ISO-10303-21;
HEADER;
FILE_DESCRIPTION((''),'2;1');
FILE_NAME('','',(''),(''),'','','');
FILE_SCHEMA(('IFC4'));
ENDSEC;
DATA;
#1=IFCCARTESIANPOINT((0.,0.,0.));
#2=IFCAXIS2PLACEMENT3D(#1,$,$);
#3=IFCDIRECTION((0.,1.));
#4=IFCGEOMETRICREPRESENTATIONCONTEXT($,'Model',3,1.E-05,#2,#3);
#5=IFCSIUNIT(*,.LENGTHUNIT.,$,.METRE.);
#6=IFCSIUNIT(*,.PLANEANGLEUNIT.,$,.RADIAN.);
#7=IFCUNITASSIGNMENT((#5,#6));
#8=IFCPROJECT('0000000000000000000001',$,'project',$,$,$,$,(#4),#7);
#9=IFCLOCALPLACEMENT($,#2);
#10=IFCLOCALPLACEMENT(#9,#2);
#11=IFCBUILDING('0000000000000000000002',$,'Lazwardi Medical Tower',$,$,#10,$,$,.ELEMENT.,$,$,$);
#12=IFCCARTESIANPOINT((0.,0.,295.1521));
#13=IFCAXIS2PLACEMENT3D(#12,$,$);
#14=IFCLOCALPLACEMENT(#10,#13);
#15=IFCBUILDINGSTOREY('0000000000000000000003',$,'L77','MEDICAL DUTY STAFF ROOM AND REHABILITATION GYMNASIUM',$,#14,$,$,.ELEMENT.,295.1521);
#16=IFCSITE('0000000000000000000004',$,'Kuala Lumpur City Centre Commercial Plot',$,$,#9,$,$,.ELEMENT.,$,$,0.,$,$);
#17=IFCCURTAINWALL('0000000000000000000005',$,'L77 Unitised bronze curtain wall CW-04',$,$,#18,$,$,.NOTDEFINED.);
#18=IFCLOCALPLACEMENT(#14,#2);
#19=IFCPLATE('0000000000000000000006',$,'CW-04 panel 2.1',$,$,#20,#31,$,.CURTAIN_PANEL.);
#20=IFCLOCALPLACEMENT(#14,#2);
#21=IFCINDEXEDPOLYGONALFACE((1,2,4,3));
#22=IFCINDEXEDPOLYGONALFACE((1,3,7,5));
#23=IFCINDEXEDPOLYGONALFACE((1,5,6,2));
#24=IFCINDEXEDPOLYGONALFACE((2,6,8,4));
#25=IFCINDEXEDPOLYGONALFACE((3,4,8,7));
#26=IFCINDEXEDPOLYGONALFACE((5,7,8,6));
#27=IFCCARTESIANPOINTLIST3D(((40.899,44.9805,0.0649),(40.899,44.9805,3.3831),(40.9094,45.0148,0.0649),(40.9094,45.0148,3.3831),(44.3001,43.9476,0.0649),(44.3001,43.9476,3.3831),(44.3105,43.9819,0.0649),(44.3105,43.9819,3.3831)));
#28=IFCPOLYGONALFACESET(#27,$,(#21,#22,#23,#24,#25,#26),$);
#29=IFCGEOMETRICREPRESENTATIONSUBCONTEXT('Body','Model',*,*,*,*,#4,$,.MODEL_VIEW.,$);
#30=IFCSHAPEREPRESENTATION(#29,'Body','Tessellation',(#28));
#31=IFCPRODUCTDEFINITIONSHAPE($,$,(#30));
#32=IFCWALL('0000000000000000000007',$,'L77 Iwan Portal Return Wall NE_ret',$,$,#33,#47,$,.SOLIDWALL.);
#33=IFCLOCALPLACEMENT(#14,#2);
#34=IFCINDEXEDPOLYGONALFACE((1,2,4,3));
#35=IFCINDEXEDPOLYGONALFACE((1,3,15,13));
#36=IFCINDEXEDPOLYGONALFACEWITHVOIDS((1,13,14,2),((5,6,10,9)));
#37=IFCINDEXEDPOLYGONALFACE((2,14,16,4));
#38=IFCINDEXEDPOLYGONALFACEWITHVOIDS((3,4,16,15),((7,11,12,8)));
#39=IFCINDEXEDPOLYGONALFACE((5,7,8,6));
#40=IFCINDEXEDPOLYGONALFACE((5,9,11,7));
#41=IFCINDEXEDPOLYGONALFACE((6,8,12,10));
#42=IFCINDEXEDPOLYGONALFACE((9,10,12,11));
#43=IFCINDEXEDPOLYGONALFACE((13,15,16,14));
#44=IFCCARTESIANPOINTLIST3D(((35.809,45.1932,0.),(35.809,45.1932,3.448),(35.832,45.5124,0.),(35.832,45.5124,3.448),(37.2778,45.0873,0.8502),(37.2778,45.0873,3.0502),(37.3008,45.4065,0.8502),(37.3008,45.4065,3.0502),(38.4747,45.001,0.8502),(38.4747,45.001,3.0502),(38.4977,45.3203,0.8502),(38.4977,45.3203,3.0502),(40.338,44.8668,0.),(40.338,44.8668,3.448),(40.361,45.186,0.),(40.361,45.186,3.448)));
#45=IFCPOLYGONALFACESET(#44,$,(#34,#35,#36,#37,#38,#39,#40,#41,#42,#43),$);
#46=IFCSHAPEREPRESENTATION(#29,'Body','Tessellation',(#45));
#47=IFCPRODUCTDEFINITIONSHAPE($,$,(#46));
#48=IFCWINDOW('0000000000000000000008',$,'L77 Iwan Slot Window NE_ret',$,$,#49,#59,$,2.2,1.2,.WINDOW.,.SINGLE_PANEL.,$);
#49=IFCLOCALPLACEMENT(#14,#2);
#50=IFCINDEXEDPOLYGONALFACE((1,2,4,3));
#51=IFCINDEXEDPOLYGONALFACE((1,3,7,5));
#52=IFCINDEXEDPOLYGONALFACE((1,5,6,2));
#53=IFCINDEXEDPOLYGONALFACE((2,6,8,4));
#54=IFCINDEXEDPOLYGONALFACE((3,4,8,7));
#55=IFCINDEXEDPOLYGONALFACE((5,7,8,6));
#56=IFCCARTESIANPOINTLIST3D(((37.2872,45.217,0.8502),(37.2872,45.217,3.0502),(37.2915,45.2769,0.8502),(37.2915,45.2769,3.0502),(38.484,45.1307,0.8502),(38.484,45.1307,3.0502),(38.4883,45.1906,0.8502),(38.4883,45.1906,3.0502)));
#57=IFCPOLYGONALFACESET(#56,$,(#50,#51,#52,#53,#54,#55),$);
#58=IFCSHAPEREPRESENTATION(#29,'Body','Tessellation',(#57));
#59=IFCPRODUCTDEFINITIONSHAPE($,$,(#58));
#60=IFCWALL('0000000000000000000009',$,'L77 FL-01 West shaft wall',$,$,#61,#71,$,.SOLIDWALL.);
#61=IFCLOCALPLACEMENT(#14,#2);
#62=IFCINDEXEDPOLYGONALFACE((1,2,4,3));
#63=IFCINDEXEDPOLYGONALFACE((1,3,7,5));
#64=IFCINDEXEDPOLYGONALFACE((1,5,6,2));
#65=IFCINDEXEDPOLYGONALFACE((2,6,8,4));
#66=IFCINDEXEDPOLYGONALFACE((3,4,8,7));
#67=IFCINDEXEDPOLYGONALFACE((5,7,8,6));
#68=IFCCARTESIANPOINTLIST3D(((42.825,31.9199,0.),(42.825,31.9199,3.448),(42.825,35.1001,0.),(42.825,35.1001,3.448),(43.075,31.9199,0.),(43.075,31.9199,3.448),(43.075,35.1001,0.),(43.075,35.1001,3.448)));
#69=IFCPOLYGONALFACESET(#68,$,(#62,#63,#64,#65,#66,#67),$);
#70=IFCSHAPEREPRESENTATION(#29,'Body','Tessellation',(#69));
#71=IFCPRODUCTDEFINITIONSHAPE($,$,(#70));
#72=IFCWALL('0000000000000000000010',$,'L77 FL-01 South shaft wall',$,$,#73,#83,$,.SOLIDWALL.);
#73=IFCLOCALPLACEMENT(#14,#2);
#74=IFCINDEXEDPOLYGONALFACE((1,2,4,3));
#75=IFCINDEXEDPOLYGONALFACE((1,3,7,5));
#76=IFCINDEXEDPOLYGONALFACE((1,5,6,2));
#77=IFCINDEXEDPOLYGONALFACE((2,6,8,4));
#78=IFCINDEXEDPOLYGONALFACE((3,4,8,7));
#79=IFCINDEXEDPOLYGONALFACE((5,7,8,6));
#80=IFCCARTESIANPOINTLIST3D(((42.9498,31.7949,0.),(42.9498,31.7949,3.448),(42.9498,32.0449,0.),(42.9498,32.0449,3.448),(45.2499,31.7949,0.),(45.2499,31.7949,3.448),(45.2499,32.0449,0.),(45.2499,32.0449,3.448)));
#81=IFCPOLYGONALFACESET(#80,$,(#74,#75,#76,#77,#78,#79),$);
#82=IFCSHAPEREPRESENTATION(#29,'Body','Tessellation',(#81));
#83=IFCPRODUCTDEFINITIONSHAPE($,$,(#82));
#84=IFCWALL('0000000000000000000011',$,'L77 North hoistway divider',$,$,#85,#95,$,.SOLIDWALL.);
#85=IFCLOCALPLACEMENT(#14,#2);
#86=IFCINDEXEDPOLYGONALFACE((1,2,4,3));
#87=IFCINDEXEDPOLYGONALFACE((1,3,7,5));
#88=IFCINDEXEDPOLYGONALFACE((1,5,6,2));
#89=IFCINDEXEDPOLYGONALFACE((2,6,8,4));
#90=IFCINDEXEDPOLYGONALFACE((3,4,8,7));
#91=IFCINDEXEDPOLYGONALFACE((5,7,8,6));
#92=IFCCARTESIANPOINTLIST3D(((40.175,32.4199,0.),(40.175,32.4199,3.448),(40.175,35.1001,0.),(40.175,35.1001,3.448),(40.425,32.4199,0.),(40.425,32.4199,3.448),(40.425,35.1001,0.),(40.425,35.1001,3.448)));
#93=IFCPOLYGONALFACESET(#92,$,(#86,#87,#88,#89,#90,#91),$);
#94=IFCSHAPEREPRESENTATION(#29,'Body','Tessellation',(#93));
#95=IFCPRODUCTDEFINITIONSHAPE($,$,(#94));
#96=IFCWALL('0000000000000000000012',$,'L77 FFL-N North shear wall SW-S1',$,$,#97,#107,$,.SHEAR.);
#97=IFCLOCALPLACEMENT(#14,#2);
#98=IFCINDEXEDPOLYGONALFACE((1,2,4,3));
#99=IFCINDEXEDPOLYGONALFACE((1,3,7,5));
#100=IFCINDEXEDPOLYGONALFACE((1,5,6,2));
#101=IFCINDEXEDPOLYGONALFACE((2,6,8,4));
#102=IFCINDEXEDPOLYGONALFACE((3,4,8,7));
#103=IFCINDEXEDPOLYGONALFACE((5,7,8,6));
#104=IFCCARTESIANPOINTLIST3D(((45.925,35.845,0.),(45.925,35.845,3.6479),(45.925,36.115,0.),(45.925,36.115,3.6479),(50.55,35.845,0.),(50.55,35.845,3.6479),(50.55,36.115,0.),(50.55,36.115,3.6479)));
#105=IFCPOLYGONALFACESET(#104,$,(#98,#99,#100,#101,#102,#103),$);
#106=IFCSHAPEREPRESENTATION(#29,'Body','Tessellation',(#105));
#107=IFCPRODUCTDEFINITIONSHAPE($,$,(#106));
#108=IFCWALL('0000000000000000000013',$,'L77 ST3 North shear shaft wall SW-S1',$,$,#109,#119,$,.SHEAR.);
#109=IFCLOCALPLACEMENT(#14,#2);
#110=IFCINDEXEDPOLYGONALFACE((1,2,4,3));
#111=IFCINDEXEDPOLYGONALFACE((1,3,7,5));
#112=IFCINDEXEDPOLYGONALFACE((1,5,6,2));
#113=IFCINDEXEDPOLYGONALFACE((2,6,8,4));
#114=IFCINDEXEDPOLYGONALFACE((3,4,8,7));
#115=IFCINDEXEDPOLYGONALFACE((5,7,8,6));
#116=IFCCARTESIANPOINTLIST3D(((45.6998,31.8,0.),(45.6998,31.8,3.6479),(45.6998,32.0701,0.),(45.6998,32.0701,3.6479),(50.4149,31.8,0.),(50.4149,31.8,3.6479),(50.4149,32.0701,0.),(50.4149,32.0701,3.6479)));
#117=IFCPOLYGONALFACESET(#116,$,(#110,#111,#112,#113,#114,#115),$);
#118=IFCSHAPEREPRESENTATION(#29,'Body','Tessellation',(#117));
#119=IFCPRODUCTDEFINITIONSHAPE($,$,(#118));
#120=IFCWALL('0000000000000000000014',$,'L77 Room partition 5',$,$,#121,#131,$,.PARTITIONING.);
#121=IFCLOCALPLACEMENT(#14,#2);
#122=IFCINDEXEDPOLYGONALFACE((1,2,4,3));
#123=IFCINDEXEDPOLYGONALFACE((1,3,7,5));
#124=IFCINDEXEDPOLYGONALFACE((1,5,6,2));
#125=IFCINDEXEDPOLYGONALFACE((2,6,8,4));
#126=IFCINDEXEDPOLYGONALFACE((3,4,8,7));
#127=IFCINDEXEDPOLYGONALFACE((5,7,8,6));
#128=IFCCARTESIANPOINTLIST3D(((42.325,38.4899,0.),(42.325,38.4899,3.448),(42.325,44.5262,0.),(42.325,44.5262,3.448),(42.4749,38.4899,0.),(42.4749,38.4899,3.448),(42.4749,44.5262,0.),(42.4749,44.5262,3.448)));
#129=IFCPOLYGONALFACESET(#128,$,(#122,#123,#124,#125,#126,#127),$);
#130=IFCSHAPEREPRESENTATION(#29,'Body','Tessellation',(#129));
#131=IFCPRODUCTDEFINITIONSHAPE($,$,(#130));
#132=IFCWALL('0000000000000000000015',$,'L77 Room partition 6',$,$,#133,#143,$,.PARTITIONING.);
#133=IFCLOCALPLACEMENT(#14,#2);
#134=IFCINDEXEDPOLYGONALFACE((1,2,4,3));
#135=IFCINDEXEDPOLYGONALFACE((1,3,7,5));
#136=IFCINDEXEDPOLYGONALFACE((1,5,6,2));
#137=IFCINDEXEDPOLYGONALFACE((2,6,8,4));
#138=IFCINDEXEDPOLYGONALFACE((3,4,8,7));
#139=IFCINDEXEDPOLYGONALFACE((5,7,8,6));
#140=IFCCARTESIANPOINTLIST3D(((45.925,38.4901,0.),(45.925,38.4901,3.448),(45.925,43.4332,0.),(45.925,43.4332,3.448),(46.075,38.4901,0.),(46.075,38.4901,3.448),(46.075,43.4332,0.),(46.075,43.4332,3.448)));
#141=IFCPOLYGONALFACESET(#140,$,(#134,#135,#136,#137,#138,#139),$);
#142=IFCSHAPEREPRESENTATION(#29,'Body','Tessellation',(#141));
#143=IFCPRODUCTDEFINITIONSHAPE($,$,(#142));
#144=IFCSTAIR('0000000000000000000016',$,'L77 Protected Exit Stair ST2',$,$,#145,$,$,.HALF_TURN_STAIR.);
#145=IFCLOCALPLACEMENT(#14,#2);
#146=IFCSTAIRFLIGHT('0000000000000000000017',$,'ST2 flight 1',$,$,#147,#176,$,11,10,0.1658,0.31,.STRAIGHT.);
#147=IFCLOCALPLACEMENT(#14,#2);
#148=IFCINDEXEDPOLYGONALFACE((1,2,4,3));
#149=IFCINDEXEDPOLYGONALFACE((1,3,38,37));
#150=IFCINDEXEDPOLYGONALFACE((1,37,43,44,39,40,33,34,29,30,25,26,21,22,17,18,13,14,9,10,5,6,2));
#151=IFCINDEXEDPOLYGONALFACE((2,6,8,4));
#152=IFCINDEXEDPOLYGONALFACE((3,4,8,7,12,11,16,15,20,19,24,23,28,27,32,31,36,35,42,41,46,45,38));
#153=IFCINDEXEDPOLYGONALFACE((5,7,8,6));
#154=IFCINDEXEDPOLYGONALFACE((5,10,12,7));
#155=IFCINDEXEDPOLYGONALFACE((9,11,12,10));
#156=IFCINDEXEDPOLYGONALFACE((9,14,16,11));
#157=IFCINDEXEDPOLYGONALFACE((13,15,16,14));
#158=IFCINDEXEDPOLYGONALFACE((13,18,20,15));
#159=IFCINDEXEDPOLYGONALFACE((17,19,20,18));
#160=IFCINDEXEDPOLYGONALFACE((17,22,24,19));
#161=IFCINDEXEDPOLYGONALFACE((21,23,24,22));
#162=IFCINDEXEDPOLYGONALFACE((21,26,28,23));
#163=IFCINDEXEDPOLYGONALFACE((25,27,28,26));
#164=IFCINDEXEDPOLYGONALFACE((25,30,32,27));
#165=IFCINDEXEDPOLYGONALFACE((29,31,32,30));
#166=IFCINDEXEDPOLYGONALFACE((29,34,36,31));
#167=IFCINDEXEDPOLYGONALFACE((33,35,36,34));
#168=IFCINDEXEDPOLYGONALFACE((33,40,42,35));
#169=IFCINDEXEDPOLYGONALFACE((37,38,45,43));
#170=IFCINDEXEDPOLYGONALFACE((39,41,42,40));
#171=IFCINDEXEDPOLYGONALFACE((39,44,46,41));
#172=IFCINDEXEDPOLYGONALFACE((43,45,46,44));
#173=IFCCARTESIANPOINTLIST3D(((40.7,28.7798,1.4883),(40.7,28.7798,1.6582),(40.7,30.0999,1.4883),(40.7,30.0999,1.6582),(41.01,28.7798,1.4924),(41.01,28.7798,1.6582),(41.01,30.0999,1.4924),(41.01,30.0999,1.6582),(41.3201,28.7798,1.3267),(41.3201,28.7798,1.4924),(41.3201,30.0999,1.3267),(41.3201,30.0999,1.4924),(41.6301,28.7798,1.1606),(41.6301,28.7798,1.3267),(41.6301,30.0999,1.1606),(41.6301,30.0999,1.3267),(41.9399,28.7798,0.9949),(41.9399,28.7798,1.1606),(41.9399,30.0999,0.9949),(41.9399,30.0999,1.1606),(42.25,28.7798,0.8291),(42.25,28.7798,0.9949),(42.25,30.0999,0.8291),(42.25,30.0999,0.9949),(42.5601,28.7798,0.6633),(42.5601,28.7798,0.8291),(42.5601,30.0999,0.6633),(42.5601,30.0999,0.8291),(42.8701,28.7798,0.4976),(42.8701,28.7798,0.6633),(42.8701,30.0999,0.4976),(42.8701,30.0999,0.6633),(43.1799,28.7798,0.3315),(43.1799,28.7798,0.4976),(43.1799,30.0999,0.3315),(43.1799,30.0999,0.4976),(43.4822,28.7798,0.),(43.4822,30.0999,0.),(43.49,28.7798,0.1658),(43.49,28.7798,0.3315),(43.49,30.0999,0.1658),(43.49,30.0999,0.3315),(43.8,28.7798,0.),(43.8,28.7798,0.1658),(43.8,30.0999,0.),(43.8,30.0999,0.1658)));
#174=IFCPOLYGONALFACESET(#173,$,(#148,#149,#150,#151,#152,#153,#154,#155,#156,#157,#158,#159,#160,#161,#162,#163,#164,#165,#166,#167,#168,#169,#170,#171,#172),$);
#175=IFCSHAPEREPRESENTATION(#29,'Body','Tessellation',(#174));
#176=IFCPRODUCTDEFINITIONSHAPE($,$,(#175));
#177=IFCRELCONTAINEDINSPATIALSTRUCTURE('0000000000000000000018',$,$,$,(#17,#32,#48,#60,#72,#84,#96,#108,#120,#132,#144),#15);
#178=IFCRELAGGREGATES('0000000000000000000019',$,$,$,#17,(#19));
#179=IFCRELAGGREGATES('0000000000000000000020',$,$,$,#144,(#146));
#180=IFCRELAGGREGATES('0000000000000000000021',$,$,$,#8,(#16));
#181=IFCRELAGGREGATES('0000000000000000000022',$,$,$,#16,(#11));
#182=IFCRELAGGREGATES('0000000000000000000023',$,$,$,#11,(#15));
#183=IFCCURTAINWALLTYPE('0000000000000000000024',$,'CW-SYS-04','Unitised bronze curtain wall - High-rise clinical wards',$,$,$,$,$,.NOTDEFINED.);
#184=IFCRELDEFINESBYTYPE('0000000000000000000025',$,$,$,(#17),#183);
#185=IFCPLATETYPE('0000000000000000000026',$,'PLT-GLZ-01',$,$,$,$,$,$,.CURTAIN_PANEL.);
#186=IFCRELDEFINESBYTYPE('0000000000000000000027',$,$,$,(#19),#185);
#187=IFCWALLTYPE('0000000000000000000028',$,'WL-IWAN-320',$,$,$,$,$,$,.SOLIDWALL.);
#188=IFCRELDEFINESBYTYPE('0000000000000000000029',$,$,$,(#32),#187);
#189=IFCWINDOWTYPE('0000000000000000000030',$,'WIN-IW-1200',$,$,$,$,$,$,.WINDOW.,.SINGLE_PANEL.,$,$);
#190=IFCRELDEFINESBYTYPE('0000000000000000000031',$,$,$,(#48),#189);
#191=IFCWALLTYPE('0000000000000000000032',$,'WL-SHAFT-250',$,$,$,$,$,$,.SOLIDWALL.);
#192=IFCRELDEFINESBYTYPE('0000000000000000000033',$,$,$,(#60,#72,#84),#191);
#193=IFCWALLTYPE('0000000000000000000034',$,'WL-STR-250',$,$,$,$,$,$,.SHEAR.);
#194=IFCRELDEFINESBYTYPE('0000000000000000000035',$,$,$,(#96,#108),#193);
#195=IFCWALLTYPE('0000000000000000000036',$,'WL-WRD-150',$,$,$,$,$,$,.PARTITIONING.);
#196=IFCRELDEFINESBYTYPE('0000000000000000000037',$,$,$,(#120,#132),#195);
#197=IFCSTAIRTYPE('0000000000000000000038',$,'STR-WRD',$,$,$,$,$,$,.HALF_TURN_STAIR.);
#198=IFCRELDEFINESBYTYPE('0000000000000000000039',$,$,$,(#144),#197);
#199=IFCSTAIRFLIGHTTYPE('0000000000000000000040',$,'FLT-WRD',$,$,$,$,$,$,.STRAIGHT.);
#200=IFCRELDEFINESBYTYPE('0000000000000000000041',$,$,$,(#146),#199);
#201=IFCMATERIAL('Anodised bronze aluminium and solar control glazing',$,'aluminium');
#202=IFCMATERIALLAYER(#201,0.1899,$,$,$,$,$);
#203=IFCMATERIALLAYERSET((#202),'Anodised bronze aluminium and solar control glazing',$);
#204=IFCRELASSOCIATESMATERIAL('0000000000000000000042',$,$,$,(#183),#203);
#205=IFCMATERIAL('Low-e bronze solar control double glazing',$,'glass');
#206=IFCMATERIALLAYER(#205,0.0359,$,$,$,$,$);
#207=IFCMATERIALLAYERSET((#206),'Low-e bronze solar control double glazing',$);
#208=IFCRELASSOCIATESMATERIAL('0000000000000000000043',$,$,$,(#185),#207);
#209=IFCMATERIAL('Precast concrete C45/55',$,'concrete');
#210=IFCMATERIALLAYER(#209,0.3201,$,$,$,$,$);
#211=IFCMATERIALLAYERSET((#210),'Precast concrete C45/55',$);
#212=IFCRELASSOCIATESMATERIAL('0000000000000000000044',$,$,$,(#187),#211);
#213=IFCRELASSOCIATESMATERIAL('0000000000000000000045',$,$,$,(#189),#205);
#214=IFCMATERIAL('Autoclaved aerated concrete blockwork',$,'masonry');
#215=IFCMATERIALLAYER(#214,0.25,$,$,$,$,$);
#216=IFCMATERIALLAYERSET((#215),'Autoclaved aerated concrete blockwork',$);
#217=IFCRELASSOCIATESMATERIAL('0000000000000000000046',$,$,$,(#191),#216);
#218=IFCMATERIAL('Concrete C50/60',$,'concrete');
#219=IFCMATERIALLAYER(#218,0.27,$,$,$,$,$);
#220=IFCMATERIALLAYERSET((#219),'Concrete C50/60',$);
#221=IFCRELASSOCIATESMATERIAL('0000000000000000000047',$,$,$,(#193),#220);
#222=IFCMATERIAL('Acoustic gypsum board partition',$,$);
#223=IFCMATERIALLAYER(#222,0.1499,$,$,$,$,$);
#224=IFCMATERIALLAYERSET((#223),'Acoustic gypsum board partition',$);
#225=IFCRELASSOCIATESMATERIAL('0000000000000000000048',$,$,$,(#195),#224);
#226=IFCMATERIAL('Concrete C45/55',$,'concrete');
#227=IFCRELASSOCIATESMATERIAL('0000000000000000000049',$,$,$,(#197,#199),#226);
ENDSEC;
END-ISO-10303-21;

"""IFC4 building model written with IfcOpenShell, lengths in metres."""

from ifc_helpers import new_model, si_unit, direction, frame, frame_2d, origin, origin_2d, place, context, subcontext, project, spatial, polyline, rectangle, outline, extrude, material, layer, layer_set, type_object, element, fill, aggregate, save


model = new_model("IFC4")

# Units and contexts
model_context = context("Model", 3, precision=1e-05, world=origin(), true_north=direction((0.0, 1.0)))
body_context = subcontext(model_context, "Body", "Model", "MODEL_VIEW")
ifc_project = project(units=[si_unit("LENGTHUNIT", "METRE"), si_unit("PLANEANGLEUNIT", "RADIAN")], contexts=[model_context])

# Site, building, storey
site_placement = place(None, origin())
site = spatial("IfcSite", under=ifc_project, at=site_placement, Name="Kuala Lumpur City Centre Commercial Plot", CompositionType="ELEMENT", RefElevation=0.0)
building_placement = place(site_placement, origin())
building = spatial("IfcBuilding", under=site, at=building_placement, Name="Lazwardi Medical Tower", CompositionType="ELEMENT")
storey_placement = place(building_placement, frame((0.0, 0.0, 295.1521)))
storey = spatial("IfcBuildingStorey", under=building, at=storey_placement, Name="L77", Description="MEDICAL DUTY STAFF ROOM AND REHABILITATION GYMNASIUM", CompositionType="ELEMENT", Elevation=295.1521)

# Curtain wall, plate
ifc_material_1 = material(Name="Anodised bronze aluminium and solar control glazing", Category="aluminium")
ifc_layer_1 = layer(ifc_material_1, 0.1899)
ifc_layer_set_1 = layer_set([ifc_layer_1], Name="Anodised bronze aluminium and solar control glazing")
curtain_wall_type = type_object("IfcCurtainWallType", Name="CW-SYS-04", Description="Unitised bronze curtain wall - High-rise clinical wards", PredefinedType="NOTDEFINED", material=ifc_layer_set_1)
curtain_wall_placement = place(storey_placement, origin())
curtain_wall = element("IfcCurtainWall", 1, at=curtain_wall_placement, inside=storey, type_object=curtain_wall_type, Name="L77 Unitised bronze curtain wall CW-04", PredefinedType="NOTDEFINED")
ifc_material_2 = material(Name="Low-e bronze solar control double glazing", Category="glass")
ifc_layer_2 = layer(ifc_material_2, 0.0359)
ifc_layer_set_2 = layer_set([ifc_layer_2], Name="Low-e bronze solar control double glazing")
plate_type = type_object("IfcPlateType", Name="PLT-GLZ-01", PredefinedType="CURTAIN_PANEL", material=ifc_layer_set_2)
plate_1_placement = place(storey_placement, frame((42.6047, 44.4812, 0.0649), z_axis=(0.0, 0.0, 1.0), x_axis=(-0.95685, 0.290582, 0.0)))
plate_1 = element("IfcPlate", 2, at=plate_1_placement, type_object=plate_type, Name="CW-04 panel 2.1", PredefinedType="CURTAIN_PANEL", context=body_context, shape_type="SweptSolid", body=[
    extrude(rectangle(XDim=3.5544, YDim=0.0359, at=origin_2d()), origin(), (0.0, 0.0, 1.0), 3.3181),
])
aggregate(curtain_wall, [plate_1])

# Wall, opening, window
ifc_material_3 = material(Name="Precast concrete C45/55", Category="concrete")
ifc_layer_3 = layer(ifc_material_3, 0.3201)
ifc_layer_set_3 = layer_set([ifc_layer_3], Name="Precast concrete C45/55")
wall_type_1 = type_object("IfcWallType", Name="WL-IWAN-320", PredefinedType="SOLIDWALL", material=ifc_layer_set_3)
wall_1_placement = place(storey_placement, frame((40.3496, 45.0264, 0.0), z_axis=(0.0, 0.0, 1.0), x_axis=(-0.997413, 0.071885, 0.0)))
wall_1 = element("IfcWall", 3, at=wall_1_placement, inside=storey, type_object=wall_type_1, Name="L77 Iwan Portal Return Wall NE_ret", PredefinedType="SOLIDWALL", context=body_context, shape_type="SweptSolid", body=[
    extrude(rectangle(XDim=4.5408, YDim=0.3201, at=frame_2d((2.2705, 0.0))), origin(), (0.0, 0.0, 1.0), 3.448),
])
opening_placement = place(wall_1_placement, frame((1.8682, 0.0, 0.8501)))
opening = element("IfcOpeningElement", 4, at=opening_placement, cuts=wall_1, PredefinedType="OPENING", context=body_context, shape_type="SweptSolid", body=[
    extrude(rectangle(XDim=1.2, YDim=2.2, at=frame_2d((0.6001, 1.1001))), frame((0.0, 0.1699, 0.0), z_axis=(0.0, -1.0, 0.0), x_axis=(1.0, 0.0, 0.0)), (0.0, 0.0, 1.0), 0.3401),
])
window_type = type_object("IfcWindowType", Name="WIN-IW-1200", PartitioningType="SINGLE_PANEL", PredefinedType="WINDOW", material=ifc_material_2)
window_placement = place(opening_placement, origin())
window = element("IfcWindow", 5, at=window_placement, inside=storey, type_object=window_type, Name="L77 Iwan Slot Window NE_ret", OverallHeight=2.2, OverallWidth=1.2, PartitioningType="SINGLE_PANEL", PredefinedType="WINDOW", context=body_context, shape_type="SweptSolid", body=[
    extrude(rectangle(XDim=1.2, YDim=2.2, at=frame_2d((0.6001, 1.1001))), frame((0.0, 0.03, 0.0), z_axis=(0.0, -1.0, 0.0), x_axis=(1.0, 0.0, 0.0)), (0.0, 0.0, 1.0), 0.0601),
])
fill(opening, window)

# Walls
ifc_material_4 = material(Name="Autoclaved aerated concrete blockwork", Category="masonry")
ifc_layer_4 = layer(ifc_material_4, 0.25)
ifc_layer_set_4 = layer_set([ifc_layer_4], Name="Autoclaved aerated concrete blockwork")
wall_type_2 = type_object("IfcWallType", Name="WL-SHAFT-250", PredefinedType="SOLIDWALL", material=ifc_layer_set_4)
wall_2_placement = place(storey_placement, frame((42.95, 31.9199, 0.0), z_axis=(0.0, 0.0, 1.0), x_axis=(0.0, 1.0, 0.0)))
element("IfcWall", 6, at=wall_2_placement, inside=storey, type_object=wall_type_2, Name="L77 FL-01 West shaft wall", PredefinedType="SOLIDWALL", context=body_context, shape_type="SweptSolid", body=[
    extrude(rectangle(XDim=3.1802, YDim=0.25, at=frame_2d((1.5901, 0.0))), origin(), (0.0, 0.0, 1.0), 3.448),
])
wall_3_placement = place(storey_placement, frame((42.95, 31.9199, 0.0), z_axis=(0.0, 0.0, 1.0), x_axis=(1.0, 0.0, 0.0)))
element("IfcWall", 7, at=wall_3_placement, inside=storey, type_object=wall_type_2, Name="L77 FL-01 South shaft wall", PredefinedType="SOLIDWALL", context=body_context, shape_type="SweptSolid", body=[
    extrude(rectangle(XDim=2.3, YDim=0.25, at=frame_2d((1.1499, 0.0))), origin(), (0.0, 0.0, 1.0), 3.448),
])
wall_4_placement = place(storey_placement, frame((40.3, 32.4199, 0.0), z_axis=(0.0, 0.0, 1.0), x_axis=(0.0, 1.0, 0.0)))
element("IfcWall", 8, at=wall_4_placement, inside=storey, type_object=wall_type_2, Name="L77 North hoistway divider", PredefinedType="SOLIDWALL", context=body_context, shape_type="SweptSolid", body=[
    extrude(rectangle(XDim=2.6802, YDim=0.25, at=frame_2d((1.3401, 0.0))), origin(), (0.0, 0.0, 1.0), 3.448),
])
ifc_material_5 = material(Name="Concrete C50/60", Category="concrete")
ifc_layer_5 = layer(ifc_material_5, 0.27)
ifc_layer_set_5 = layer_set([ifc_layer_5], Name="Concrete C50/60")
wall_type_3 = type_object("IfcWallType", Name="WL-STR-250", PredefinedType="SHEAR", material=ifc_layer_set_5)
wall_5_placement = place(storey_placement, frame((45.925, 35.98, 0.0), z_axis=(0.0, 0.0, 1.0), x_axis=(1.0, 0.0, 0.0)))
element("IfcWall", 9, at=wall_5_placement, inside=storey, type_object=wall_type_3, Name="L77 FFL-N North shear wall SW-S1", PredefinedType="SHEAR", context=body_context, shape_type="SweptSolid", body=[
    extrude(rectangle(XDim=4.625, YDim=0.27, at=frame_2d((2.3125, 0.0))), origin(), (0.0, 0.0, 1.0), 3.6479),
])
wall_6_placement = place(storey_placement, frame((45.7, 31.9351, 0.0), z_axis=(0.0, 0.0, 1.0), x_axis=(1.0, 0.0, 0.0)))
element("IfcWall", 10, at=wall_6_placement, inside=storey, type_object=wall_type_3, Name="L77 ST3 North shear shaft wall SW-S1", PredefinedType="SHEAR", context=body_context, shape_type="SweptSolid", body=[
    extrude(rectangle(XDim=4.7151, YDim=0.27, at=frame_2d((2.3574, 0.0))), origin(), (0.0, 0.0, 1.0), 3.6479),
])
ifc_material_6 = material(Name="Acoustic gypsum board partition")
ifc_layer_6 = layer(ifc_material_6, 0.1499)
ifc_layer_set_6 = layer_set([ifc_layer_6], Name="Acoustic gypsum board partition")
wall_type_4 = type_object("IfcWallType", Name="WL-WRD-150", PredefinedType="PARTITIONING", material=ifc_layer_set_6)
wall_7_placement = place(storey_placement, frame((42.3999, 38.49, 0.0), z_axis=(0.0, 0.0, 1.0), x_axis=(0.0, 1.0, 0.0)))
element("IfcWall", 11, at=wall_7_placement, inside=storey, type_object=wall_type_4, Name="L77 Room partition 5", PredefinedType="PARTITIONING", context=body_context, shape_type="SweptSolid", body=[
    extrude(rectangle(XDim=6.0364, YDim=0.1499, at=frame_2d((3.0181, 0.0))), origin(), (0.0, 0.0, 1.0), 3.448),
])
wall_8_placement = place(storey_placement, frame((46.0, 38.49, 0.0), z_axis=(0.0, 0.0, 1.0), x_axis=(0.0, 1.0, 0.0)))
element("IfcWall", 12, at=wall_8_placement, inside=storey, type_object=wall_type_4, Name="L77 Room partition 6", PredefinedType="PARTITIONING", context=body_context, shape_type="SweptSolid", body=[
    extrude(rectangle(XDim=4.9431, YDim=0.1499, at=frame_2d((2.4717, 0.0))), origin(), (0.0, 0.0, 1.0), 3.448),
])

# Stair, stair flight
ifc_material_7 = material(Name="Concrete C45/55", Category="concrete")
stair_type = type_object("IfcStairType", Name="STR-WRD", PredefinedType="HALF_TURN_STAIR", material=ifc_material_7)
stair_1_placement = place(storey_placement, origin())
stair_1 = element("IfcStair", 13, at=stair_1_placement, inside=storey, type_object=stair_type, Name="L77 Protected Exit Stair ST2", PredefinedType="HALF_TURN_STAIR")
stair_flight_type = type_object("IfcStairFlightType", Name="FLT-WRD", PredefinedType="STRAIGHT", material=ifc_material_7)
stair_flight_1_placement = place(storey_placement, frame((43.8, 29.4399, 0.0), z_axis=(0.0, 0.0, 1.0), x_axis=(-1.0, 0.0, 0.0)))
stair_flight_1 = element("IfcStairFlight", 14, at=stair_flight_1_placement, type_object=stair_flight_type, Name="ST2 flight 1", NumberOfRisers=11, NumberOfTreads=10, PredefinedType="STRAIGHT", RiserHeight=0.1658, TreadLength=0.31, context=body_context, shape_type="SweptSolid", body=[
    extrude(outline(polyline([(0.0, 0.0), (0.0, 0.1658), (0.3101, 0.1658), (0.3101, 0.3315), (0.6201, 0.3315), (0.6201, 0.4976), (0.9299, 0.4976), (0.9299, 0.6633), (1.24, 0.6633), (1.24, 0.8291), (1.55, 0.8291), (1.55, 0.9949), (1.8601, 0.9949), (1.8601, 1.1606), (2.1699, 1.1606), (2.1699, 1.3267), (2.48, 1.3267), (2.48, 1.4924), (2.79, 1.4924), (2.79, 1.6582), (3.1001, 1.6582), (3.1001, 1.824), (3.1001, 1.4883), (0.3179, 0.0), (0.0, 0.0)])), frame((0.0, 0.6602, 0.0), z_axis=(0.0, -1.0, 0.0), x_axis=(1.0, 0.0, 0.0)), (0.0, 0.0, 1.0), 1.3201),
])
aggregate(stair_1, [stair_flight_1])

save(model, "model.ifc")
